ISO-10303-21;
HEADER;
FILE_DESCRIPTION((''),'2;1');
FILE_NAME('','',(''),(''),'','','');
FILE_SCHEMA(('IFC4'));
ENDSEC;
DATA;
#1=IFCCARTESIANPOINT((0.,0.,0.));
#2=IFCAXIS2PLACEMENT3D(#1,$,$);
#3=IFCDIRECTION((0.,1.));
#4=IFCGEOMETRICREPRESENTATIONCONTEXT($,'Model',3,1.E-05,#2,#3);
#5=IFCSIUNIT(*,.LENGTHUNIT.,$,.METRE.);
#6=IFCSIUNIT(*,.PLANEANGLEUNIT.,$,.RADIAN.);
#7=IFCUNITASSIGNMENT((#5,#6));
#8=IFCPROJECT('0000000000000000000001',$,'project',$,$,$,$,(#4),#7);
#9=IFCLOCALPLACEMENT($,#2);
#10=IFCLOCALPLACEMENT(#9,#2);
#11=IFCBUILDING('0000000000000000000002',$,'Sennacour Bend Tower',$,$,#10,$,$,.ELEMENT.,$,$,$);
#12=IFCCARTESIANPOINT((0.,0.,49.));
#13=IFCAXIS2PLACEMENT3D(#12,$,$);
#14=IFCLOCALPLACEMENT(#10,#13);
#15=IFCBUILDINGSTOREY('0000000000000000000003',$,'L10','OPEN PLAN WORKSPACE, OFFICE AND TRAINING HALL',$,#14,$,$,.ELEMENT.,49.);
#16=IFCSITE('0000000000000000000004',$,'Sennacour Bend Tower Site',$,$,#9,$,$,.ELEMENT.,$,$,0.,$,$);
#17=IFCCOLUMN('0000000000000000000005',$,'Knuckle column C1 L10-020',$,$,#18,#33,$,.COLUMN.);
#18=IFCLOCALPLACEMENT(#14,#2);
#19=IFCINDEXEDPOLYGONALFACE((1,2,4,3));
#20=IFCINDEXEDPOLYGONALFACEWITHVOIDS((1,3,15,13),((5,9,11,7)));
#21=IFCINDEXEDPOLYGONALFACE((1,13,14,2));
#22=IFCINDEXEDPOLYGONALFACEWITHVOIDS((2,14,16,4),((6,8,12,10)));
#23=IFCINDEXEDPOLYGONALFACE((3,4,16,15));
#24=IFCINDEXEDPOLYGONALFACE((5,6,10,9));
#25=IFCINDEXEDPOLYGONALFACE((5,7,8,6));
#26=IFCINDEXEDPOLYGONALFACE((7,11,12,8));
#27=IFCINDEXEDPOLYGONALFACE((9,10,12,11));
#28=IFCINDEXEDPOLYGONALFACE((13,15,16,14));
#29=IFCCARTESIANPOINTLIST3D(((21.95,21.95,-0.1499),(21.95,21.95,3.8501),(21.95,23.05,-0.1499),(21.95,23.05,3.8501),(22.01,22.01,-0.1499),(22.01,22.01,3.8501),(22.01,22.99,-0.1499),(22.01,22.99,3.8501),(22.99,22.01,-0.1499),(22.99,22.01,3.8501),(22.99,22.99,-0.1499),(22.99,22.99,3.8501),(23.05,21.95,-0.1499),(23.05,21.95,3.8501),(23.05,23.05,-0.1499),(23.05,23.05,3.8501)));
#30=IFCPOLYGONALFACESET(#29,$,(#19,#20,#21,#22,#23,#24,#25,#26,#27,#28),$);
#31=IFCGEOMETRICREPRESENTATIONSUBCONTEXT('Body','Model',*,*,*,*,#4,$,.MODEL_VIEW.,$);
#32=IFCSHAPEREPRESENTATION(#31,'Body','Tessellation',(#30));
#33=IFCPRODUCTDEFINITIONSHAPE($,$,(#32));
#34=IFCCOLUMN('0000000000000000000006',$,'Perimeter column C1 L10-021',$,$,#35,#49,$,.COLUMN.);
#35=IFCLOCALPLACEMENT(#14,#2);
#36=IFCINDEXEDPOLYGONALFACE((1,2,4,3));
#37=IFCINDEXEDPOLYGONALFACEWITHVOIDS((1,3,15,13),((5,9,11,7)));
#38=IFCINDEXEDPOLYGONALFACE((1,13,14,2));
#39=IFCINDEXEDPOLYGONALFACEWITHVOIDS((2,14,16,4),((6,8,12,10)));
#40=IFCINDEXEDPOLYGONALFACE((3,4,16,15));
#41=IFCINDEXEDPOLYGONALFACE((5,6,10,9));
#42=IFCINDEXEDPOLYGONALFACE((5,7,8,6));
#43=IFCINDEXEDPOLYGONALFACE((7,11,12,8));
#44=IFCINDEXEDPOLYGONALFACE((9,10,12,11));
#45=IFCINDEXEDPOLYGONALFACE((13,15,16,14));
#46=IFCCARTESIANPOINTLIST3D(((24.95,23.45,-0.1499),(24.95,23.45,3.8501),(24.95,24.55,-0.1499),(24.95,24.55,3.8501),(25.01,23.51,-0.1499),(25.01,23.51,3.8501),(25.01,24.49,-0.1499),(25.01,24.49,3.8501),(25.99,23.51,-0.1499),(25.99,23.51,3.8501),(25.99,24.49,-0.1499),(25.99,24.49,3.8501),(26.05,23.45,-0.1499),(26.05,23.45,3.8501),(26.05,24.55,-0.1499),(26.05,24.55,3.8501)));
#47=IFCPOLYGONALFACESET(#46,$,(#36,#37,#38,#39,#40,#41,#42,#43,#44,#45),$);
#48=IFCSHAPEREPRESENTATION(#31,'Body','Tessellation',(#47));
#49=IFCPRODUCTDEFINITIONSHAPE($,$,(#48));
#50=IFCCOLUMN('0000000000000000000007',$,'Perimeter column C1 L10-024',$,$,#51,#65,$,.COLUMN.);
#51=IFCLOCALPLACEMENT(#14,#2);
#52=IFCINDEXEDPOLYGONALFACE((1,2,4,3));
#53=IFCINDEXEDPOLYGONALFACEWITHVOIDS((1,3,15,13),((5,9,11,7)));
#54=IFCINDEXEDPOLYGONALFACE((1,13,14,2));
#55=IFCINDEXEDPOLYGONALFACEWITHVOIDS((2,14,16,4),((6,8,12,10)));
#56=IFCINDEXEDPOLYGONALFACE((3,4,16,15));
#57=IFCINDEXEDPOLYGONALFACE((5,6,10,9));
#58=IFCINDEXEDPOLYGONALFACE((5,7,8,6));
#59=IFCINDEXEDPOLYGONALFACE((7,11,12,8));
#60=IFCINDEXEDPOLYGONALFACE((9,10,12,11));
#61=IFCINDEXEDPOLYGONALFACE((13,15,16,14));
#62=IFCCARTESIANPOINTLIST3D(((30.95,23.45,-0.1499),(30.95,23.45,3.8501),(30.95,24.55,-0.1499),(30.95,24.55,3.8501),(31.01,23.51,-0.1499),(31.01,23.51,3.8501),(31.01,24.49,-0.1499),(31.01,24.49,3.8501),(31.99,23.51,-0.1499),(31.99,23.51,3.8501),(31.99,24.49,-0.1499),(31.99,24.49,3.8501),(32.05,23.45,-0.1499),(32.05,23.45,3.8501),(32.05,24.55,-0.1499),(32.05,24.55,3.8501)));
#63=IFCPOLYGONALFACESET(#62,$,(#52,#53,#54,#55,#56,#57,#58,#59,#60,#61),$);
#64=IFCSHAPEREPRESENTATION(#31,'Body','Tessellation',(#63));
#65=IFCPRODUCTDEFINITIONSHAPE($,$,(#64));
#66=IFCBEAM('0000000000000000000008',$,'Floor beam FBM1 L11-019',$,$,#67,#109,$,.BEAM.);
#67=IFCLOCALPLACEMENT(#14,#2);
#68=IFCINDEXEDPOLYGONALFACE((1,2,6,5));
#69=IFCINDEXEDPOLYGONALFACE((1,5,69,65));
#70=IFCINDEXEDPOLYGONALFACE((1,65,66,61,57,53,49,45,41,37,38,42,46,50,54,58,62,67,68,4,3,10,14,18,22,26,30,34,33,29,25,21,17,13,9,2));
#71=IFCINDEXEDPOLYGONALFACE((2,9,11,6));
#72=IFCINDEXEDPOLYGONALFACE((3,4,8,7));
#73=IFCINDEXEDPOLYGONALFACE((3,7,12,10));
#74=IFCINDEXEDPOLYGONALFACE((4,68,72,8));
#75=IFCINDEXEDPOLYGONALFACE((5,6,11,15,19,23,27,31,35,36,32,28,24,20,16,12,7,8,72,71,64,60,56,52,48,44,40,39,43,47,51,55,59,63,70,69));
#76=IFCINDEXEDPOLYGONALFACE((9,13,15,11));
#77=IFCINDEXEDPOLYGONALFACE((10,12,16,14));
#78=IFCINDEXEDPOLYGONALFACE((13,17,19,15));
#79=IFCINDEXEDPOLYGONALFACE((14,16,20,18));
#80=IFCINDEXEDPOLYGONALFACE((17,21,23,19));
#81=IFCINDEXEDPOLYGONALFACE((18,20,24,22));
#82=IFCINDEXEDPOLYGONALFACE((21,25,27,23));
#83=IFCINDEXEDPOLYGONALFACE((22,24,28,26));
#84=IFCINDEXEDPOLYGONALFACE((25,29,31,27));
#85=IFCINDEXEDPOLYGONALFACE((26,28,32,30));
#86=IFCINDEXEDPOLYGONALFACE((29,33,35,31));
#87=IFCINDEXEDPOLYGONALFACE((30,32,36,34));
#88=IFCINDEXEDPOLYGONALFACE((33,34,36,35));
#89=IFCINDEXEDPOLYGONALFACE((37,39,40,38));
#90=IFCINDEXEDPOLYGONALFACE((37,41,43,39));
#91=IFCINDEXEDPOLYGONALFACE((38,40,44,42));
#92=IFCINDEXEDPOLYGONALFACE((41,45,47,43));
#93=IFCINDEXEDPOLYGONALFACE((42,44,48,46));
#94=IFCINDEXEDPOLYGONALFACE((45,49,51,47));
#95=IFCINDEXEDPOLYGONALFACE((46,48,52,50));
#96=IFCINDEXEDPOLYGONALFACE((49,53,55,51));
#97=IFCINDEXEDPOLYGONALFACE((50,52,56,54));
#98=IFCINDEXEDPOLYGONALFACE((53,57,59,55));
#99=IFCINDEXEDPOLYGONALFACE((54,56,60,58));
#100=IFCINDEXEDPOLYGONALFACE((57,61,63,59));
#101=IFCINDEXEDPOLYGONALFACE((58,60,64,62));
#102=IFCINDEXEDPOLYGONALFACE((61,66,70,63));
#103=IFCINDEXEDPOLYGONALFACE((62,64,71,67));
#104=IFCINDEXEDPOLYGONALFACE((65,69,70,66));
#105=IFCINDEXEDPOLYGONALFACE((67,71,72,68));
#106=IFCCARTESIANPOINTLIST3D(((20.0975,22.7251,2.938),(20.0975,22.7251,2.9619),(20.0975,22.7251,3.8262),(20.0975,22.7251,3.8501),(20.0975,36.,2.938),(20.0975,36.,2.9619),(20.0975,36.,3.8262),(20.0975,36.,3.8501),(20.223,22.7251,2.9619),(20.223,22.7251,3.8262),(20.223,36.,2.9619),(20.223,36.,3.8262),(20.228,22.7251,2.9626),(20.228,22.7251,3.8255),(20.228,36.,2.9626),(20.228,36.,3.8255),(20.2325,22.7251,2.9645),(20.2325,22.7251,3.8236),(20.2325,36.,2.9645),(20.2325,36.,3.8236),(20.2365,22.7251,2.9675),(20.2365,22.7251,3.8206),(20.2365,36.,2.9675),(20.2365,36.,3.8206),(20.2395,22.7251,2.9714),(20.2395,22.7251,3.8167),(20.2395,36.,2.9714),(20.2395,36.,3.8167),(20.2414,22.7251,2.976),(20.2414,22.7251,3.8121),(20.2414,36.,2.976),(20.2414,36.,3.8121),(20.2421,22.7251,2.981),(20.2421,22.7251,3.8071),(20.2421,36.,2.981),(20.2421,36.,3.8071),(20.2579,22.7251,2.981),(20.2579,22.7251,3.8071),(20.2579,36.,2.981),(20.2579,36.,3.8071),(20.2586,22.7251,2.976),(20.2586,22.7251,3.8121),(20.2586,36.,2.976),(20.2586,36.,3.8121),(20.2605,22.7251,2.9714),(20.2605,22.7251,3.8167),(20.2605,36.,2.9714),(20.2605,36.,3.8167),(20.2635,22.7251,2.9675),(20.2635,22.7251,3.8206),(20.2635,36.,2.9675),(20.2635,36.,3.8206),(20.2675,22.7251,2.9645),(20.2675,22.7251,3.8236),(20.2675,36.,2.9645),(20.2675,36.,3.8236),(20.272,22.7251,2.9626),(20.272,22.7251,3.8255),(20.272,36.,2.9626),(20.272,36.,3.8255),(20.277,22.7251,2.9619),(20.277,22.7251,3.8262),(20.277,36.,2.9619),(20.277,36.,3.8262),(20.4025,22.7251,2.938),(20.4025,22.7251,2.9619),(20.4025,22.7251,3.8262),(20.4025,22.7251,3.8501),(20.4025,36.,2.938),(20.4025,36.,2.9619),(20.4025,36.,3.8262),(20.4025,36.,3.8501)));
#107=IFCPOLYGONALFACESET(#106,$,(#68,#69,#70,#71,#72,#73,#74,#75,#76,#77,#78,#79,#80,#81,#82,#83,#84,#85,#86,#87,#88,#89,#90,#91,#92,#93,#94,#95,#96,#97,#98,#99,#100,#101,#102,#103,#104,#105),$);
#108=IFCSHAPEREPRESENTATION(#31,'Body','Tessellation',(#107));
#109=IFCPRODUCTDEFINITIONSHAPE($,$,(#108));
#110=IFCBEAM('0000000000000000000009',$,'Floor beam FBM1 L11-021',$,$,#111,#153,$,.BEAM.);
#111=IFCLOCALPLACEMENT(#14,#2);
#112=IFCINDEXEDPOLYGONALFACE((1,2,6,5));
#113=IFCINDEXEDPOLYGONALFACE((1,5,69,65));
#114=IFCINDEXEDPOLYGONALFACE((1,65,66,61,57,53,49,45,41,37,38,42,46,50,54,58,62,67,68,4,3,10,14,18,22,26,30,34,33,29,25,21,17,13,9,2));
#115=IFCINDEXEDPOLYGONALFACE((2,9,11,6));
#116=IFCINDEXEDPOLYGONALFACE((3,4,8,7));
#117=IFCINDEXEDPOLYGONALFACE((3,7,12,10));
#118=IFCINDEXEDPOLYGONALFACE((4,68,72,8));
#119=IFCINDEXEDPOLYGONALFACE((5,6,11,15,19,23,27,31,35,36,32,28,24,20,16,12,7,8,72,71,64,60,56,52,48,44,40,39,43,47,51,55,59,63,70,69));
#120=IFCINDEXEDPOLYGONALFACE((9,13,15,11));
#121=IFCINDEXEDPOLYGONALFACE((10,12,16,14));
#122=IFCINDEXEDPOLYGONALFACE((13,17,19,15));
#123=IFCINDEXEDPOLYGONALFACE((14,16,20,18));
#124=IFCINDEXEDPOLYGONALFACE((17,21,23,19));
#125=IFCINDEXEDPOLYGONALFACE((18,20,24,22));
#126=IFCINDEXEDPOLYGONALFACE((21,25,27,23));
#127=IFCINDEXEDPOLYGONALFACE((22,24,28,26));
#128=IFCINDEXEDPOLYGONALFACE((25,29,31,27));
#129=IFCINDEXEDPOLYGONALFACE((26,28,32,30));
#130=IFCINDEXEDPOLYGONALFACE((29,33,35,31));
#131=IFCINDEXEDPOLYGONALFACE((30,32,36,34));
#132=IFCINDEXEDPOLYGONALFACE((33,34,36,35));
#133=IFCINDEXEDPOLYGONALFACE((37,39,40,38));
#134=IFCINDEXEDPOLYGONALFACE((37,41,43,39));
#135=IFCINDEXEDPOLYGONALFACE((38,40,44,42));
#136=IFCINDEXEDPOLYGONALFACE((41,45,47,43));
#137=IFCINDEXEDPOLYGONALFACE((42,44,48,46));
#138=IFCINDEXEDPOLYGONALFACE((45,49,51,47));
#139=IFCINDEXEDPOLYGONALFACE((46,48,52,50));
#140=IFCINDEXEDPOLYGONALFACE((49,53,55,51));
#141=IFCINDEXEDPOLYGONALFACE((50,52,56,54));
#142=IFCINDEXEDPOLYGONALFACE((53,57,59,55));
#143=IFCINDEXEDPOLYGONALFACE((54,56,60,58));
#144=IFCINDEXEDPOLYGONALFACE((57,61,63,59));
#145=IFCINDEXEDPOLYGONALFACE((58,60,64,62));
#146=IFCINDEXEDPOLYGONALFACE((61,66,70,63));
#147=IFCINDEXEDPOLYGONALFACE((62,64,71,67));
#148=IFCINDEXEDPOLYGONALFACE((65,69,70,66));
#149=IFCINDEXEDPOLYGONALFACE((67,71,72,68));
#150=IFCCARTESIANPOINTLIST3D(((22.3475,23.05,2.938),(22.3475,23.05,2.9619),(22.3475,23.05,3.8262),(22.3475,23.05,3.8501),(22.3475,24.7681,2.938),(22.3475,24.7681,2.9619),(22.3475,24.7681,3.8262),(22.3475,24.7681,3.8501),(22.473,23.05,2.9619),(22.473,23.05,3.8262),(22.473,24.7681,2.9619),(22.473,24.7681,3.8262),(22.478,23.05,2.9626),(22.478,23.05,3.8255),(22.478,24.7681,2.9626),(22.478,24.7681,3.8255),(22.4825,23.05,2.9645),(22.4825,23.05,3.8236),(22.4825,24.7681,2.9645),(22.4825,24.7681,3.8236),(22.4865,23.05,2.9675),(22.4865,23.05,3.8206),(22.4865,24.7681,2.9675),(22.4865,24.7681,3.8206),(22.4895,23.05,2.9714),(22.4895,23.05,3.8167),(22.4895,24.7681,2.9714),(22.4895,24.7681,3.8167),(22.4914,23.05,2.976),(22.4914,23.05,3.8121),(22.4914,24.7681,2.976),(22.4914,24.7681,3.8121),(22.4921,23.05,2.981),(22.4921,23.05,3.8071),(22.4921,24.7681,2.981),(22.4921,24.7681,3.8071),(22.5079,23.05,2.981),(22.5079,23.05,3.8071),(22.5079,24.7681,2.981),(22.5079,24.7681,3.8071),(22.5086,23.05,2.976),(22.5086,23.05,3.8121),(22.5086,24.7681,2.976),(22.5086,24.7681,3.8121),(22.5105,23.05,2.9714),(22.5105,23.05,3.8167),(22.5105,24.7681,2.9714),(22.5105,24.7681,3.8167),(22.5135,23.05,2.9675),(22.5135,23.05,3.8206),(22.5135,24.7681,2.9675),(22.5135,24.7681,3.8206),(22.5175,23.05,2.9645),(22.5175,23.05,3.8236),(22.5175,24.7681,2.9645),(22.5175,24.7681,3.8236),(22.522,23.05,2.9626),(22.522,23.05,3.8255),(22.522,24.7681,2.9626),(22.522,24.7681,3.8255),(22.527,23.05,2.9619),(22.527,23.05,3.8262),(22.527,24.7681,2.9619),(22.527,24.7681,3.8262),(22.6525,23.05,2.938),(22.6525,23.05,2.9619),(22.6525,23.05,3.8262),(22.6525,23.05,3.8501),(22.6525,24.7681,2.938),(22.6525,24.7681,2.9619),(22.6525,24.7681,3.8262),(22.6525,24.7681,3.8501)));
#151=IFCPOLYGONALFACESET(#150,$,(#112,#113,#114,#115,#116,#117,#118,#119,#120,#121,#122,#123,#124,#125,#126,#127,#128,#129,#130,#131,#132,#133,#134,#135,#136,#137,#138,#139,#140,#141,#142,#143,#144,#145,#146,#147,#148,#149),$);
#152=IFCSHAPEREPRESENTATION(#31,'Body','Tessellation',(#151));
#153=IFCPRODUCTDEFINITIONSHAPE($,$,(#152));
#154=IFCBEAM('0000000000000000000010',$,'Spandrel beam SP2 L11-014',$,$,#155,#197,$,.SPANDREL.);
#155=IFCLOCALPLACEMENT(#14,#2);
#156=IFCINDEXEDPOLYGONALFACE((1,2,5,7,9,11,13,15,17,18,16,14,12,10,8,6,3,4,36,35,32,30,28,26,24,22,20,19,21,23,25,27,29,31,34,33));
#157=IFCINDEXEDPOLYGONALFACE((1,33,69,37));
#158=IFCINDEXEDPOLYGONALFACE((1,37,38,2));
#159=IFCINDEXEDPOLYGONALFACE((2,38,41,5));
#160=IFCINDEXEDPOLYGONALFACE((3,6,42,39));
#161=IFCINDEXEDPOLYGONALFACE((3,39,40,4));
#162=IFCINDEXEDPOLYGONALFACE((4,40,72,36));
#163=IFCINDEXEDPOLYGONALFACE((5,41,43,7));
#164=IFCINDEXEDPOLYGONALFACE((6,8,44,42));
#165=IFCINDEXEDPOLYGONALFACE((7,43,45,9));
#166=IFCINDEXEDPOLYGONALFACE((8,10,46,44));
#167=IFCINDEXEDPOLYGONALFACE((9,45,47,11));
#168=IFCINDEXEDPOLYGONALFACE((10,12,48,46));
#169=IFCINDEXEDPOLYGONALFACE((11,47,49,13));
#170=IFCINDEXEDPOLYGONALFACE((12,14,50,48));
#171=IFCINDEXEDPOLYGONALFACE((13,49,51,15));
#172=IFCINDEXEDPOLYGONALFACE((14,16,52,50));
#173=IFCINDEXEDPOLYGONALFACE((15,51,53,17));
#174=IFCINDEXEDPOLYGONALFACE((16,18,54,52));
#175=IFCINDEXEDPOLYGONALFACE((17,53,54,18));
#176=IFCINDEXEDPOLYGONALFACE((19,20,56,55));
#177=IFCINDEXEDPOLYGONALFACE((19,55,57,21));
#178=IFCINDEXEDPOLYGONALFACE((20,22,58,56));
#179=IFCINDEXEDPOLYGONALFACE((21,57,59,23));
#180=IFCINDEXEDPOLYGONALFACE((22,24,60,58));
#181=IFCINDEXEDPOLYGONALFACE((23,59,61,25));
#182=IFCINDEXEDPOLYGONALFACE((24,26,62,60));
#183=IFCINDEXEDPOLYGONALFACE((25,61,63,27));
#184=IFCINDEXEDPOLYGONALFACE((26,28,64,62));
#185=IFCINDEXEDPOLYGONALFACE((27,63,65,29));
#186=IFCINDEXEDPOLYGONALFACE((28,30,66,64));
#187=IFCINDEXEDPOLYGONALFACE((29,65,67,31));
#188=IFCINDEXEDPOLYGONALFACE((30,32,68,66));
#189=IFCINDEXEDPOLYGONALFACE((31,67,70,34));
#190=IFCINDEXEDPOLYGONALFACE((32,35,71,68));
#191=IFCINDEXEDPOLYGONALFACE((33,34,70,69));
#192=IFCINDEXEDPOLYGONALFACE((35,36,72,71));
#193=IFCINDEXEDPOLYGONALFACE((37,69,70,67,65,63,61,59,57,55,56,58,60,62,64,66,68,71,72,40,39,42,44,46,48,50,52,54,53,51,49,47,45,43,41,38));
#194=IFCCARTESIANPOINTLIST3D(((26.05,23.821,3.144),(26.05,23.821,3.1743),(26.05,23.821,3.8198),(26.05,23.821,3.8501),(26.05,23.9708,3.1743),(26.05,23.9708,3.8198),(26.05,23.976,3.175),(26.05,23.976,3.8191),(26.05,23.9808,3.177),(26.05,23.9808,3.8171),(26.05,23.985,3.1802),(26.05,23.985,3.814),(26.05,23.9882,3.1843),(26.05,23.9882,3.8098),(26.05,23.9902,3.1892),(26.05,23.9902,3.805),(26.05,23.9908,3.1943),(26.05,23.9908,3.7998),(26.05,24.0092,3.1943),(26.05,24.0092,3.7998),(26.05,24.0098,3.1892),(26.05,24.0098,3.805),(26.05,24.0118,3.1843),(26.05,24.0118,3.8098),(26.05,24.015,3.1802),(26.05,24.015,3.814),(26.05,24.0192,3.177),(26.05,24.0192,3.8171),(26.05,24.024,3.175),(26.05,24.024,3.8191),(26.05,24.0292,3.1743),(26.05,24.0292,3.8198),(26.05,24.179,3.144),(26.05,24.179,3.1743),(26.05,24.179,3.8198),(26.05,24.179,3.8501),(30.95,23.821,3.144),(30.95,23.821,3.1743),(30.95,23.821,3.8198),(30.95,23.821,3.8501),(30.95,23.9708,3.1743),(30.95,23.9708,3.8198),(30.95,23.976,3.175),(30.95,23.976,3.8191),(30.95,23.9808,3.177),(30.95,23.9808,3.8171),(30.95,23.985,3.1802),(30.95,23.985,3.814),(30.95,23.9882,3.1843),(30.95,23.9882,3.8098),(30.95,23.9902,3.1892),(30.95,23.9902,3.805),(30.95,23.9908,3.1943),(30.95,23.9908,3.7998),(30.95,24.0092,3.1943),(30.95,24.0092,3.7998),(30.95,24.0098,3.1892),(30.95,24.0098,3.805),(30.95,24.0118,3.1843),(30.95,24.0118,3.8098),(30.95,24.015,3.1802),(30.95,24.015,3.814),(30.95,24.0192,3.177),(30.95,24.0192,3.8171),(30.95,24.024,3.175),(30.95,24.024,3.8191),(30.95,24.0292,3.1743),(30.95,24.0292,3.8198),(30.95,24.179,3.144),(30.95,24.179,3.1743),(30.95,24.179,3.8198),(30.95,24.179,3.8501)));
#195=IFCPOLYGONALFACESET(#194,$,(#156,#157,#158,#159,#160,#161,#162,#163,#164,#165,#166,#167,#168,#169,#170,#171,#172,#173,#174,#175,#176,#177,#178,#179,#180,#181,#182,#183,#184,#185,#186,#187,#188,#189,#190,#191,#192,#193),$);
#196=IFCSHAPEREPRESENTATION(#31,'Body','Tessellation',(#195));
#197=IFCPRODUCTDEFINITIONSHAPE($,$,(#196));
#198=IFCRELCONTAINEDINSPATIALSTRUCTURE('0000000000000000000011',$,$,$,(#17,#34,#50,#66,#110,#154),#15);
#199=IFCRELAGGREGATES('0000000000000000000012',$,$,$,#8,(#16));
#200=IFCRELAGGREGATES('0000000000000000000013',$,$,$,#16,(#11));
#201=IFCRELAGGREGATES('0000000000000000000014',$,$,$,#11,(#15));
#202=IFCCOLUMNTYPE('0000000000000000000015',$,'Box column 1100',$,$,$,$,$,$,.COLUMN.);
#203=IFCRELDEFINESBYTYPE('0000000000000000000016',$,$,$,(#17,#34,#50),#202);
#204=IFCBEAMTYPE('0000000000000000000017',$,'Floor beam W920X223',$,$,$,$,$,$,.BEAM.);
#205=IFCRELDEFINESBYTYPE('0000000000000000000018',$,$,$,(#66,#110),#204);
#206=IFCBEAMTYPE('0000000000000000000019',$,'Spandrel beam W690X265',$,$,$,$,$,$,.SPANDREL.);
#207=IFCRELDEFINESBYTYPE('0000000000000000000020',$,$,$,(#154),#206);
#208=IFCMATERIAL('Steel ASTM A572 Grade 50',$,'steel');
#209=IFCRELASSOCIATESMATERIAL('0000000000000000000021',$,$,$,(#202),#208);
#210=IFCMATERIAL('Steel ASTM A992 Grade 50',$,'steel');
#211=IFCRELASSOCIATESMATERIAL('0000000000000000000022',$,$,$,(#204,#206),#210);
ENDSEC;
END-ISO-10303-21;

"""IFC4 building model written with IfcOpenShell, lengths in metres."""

from ifc_helpers import new_model, si_unit, direction, frame, origin, origin_2d, place, context, subcontext, project, spatial, hollow_rectangle, i_section, extrude, material, material_profile, profile_set, type_object, element, save


model = new_model("IFC4")

# Units and contexts
model_context = context("Model", 3, precision=1e-05, world=origin(), true_north=direction((0.0, 1.0)))
body_context = subcontext(model_context, "Body", "Model", "MODEL_VIEW")
ifc_project = project(units=[si_unit("LENGTHUNIT", "METRE"), si_unit("PLANEANGLEUNIT", "RADIAN")], contexts=[model_context])

# Site, building, storey
site_placement = place(None, origin())
site = spatial("IfcSite", under=ifc_project, at=site_placement, Name="Sennacour Bend Tower Site", CompositionType="ELEMENT", RefElevation=0.0)
building_placement = place(site_placement, origin())
building = spatial("IfcBuilding", under=site, at=building_placement, Name="Sennacour Bend Tower", CompositionType="ELEMENT")
storey_placement = place(building_placement, frame((0.0, 0.0, 49.0)))
storey = spatial("IfcBuildingStorey", under=building, at=storey_placement, Name="L10", Description="OPEN PLAN WORKSPACE, OFFICE AND TRAINING HALL", CompositionType="ELEMENT", Elevation=49.0)

# Columns
ifc_material_1 = material(Name="Steel ASTM A572 Grade 50", Category="steel")
ifc_material_profile_1 = material_profile(ifc_material_1, hollow_rectangle(XDim=1.1001, YDim=1.1001, WallThickness=0.0601, at=origin_2d()), Name="Steel ASTM A572 Grade 50", Category="steel")
ifc_profile_set_1 = profile_set([ifc_material_profile_1], Name="Steel ASTM A572 Grade 50")
column_type = type_object("IfcColumnType", Name="Box column 1100", PredefinedType="COLUMN", material=ifc_profile_set_1)
for number, where, z_axis, x_axis, name in (
    (1, (22.5, 22.5, -0.1499), (0.0, 0.0, 1.0), (1.0, 0.0, 0.0), "Knuckle column C1 L10-020"),
    (2, (25.5, 24.0, -0.1499), (0.0, 0.0, 1.0), (1.0, 0.0, 0.0), "Perimeter column C1 L10-021"),
    (3, (31.5, 24.0, -0.1499), (0.0, 0.0, 1.0), (1.0, 0.0, 0.0), "Perimeter column C1 L10-024"),
):
    element("IfcColumn", number, at=place(storey_placement, frame(where, z_axis=z_axis, x_axis=x_axis)), inside=storey, type_object=column_type, Name=name, PredefinedType="COLUMN", context=body_context, shape_type="SweptSolid", body=[
        extrude(hollow_rectangle(XDim=1.1001, YDim=1.1001, WallThickness=0.0601, at=origin_2d()), origin(), (0.0, 0.0, 1.0), 4.0),
    ])

# Beams
ifc_material_2 = material(Name="Steel ASTM A992 Grade 50", Category="steel")
ifc_material_profile_2 = material_profile(ifc_material_2, i_section(OverallWidth=0.3049, OverallDepth=0.9121, WebThickness=0.0159, FlangeThickness=0.0239, FilletRadius=0.019, at=origin_2d()), Name="Steel ASTM A992 Grade 50", Category="steel")
ifc_profile_set_2 = profile_set([ifc_material_profile_2], Name="Steel ASTM A992 Grade 50")
beam_type_1 = type_object("IfcBeamType", Name="Floor beam W920X223", PredefinedType="BEAM", material=ifc_profile_set_2)
beam_1_placement = place(storey_placement, frame((20.25, 22.7251, 3.394), z_axis=(0.0, 1.0, 0.0), x_axis=(-1.0, 0.0, 0.0)))
element("IfcBeam", 4, at=beam_1_placement, inside=storey, type_object=beam_type_1, Name="Floor beam FBM1 L11-019", PredefinedType="BEAM", context=body_context, shape_type="SweptSolid", body=[
    extrude(i_section(OverallWidth=0.3049, OverallDepth=0.9121, WebThickness=0.0159, FlangeThickness=0.0239, FilletRadius=0.019, at=origin_2d()), origin(), (0.0, 0.0, 1.0), 13.2749),
])
beam_2_placement = place(storey_placement, frame((22.5, 23.05, 3.394), z_axis=(0.0, 1.0, 0.0), x_axis=(-1.0, 0.0, 0.0)))
element("IfcBeam", 5, at=beam_2_placement, inside=storey, type_object=beam_type_1, Name="Floor beam FBM1 L11-021", PredefinedType="BEAM", context=body_context, shape_type="SweptSolid", body=[
    extrude(i_section(OverallWidth=0.3049, OverallDepth=0.9121, WebThickness=0.0159, FlangeThickness=0.0239, FilletRadius=0.019, at=origin_2d()), origin(), (0.0, 0.0, 1.0), 1.718),
])
ifc_material_profile_3 = material_profile(ifc_material_2, i_section(OverallWidth=0.3579, OverallDepth=0.7061, WebThickness=0.0183, FlangeThickness=0.0303, FilletRadius=0.02, at=origin_2d()), Name="Steel ASTM A992 Grade 50", Category="steel")
ifc_profile_set_3 = profile_set([ifc_material_profile_3], Name="Steel ASTM A992 Grade 50")
beam_type_2 = type_object("IfcBeamType", Name="Spandrel beam W690X265", PredefinedType="SPANDREL", material=ifc_profile_set_3)
beam_3_placement = place(storey_placement, frame((26.05, 24.0, 3.4971), z_axis=(1.0, 0.0, 0.0), x_axis=(0.0, 1.0, 0.0)))
element("IfcBeam", 6, at=beam_3_placement, inside=storey, type_object=beam_type_2, Name="Spandrel beam SP2 L11-014", PredefinedType="SPANDREL", context=body_context, shape_type="SweptSolid", body=[
    extrude(i_section(OverallWidth=0.3579, OverallDepth=0.7061, WebThickness=0.0183, FlangeThickness=0.0303, FilletRadius=0.02, at=origin_2d()), origin(), (0.0, 0.0, 1.0), 4.8999),
])

save(model, "model.ifc")
